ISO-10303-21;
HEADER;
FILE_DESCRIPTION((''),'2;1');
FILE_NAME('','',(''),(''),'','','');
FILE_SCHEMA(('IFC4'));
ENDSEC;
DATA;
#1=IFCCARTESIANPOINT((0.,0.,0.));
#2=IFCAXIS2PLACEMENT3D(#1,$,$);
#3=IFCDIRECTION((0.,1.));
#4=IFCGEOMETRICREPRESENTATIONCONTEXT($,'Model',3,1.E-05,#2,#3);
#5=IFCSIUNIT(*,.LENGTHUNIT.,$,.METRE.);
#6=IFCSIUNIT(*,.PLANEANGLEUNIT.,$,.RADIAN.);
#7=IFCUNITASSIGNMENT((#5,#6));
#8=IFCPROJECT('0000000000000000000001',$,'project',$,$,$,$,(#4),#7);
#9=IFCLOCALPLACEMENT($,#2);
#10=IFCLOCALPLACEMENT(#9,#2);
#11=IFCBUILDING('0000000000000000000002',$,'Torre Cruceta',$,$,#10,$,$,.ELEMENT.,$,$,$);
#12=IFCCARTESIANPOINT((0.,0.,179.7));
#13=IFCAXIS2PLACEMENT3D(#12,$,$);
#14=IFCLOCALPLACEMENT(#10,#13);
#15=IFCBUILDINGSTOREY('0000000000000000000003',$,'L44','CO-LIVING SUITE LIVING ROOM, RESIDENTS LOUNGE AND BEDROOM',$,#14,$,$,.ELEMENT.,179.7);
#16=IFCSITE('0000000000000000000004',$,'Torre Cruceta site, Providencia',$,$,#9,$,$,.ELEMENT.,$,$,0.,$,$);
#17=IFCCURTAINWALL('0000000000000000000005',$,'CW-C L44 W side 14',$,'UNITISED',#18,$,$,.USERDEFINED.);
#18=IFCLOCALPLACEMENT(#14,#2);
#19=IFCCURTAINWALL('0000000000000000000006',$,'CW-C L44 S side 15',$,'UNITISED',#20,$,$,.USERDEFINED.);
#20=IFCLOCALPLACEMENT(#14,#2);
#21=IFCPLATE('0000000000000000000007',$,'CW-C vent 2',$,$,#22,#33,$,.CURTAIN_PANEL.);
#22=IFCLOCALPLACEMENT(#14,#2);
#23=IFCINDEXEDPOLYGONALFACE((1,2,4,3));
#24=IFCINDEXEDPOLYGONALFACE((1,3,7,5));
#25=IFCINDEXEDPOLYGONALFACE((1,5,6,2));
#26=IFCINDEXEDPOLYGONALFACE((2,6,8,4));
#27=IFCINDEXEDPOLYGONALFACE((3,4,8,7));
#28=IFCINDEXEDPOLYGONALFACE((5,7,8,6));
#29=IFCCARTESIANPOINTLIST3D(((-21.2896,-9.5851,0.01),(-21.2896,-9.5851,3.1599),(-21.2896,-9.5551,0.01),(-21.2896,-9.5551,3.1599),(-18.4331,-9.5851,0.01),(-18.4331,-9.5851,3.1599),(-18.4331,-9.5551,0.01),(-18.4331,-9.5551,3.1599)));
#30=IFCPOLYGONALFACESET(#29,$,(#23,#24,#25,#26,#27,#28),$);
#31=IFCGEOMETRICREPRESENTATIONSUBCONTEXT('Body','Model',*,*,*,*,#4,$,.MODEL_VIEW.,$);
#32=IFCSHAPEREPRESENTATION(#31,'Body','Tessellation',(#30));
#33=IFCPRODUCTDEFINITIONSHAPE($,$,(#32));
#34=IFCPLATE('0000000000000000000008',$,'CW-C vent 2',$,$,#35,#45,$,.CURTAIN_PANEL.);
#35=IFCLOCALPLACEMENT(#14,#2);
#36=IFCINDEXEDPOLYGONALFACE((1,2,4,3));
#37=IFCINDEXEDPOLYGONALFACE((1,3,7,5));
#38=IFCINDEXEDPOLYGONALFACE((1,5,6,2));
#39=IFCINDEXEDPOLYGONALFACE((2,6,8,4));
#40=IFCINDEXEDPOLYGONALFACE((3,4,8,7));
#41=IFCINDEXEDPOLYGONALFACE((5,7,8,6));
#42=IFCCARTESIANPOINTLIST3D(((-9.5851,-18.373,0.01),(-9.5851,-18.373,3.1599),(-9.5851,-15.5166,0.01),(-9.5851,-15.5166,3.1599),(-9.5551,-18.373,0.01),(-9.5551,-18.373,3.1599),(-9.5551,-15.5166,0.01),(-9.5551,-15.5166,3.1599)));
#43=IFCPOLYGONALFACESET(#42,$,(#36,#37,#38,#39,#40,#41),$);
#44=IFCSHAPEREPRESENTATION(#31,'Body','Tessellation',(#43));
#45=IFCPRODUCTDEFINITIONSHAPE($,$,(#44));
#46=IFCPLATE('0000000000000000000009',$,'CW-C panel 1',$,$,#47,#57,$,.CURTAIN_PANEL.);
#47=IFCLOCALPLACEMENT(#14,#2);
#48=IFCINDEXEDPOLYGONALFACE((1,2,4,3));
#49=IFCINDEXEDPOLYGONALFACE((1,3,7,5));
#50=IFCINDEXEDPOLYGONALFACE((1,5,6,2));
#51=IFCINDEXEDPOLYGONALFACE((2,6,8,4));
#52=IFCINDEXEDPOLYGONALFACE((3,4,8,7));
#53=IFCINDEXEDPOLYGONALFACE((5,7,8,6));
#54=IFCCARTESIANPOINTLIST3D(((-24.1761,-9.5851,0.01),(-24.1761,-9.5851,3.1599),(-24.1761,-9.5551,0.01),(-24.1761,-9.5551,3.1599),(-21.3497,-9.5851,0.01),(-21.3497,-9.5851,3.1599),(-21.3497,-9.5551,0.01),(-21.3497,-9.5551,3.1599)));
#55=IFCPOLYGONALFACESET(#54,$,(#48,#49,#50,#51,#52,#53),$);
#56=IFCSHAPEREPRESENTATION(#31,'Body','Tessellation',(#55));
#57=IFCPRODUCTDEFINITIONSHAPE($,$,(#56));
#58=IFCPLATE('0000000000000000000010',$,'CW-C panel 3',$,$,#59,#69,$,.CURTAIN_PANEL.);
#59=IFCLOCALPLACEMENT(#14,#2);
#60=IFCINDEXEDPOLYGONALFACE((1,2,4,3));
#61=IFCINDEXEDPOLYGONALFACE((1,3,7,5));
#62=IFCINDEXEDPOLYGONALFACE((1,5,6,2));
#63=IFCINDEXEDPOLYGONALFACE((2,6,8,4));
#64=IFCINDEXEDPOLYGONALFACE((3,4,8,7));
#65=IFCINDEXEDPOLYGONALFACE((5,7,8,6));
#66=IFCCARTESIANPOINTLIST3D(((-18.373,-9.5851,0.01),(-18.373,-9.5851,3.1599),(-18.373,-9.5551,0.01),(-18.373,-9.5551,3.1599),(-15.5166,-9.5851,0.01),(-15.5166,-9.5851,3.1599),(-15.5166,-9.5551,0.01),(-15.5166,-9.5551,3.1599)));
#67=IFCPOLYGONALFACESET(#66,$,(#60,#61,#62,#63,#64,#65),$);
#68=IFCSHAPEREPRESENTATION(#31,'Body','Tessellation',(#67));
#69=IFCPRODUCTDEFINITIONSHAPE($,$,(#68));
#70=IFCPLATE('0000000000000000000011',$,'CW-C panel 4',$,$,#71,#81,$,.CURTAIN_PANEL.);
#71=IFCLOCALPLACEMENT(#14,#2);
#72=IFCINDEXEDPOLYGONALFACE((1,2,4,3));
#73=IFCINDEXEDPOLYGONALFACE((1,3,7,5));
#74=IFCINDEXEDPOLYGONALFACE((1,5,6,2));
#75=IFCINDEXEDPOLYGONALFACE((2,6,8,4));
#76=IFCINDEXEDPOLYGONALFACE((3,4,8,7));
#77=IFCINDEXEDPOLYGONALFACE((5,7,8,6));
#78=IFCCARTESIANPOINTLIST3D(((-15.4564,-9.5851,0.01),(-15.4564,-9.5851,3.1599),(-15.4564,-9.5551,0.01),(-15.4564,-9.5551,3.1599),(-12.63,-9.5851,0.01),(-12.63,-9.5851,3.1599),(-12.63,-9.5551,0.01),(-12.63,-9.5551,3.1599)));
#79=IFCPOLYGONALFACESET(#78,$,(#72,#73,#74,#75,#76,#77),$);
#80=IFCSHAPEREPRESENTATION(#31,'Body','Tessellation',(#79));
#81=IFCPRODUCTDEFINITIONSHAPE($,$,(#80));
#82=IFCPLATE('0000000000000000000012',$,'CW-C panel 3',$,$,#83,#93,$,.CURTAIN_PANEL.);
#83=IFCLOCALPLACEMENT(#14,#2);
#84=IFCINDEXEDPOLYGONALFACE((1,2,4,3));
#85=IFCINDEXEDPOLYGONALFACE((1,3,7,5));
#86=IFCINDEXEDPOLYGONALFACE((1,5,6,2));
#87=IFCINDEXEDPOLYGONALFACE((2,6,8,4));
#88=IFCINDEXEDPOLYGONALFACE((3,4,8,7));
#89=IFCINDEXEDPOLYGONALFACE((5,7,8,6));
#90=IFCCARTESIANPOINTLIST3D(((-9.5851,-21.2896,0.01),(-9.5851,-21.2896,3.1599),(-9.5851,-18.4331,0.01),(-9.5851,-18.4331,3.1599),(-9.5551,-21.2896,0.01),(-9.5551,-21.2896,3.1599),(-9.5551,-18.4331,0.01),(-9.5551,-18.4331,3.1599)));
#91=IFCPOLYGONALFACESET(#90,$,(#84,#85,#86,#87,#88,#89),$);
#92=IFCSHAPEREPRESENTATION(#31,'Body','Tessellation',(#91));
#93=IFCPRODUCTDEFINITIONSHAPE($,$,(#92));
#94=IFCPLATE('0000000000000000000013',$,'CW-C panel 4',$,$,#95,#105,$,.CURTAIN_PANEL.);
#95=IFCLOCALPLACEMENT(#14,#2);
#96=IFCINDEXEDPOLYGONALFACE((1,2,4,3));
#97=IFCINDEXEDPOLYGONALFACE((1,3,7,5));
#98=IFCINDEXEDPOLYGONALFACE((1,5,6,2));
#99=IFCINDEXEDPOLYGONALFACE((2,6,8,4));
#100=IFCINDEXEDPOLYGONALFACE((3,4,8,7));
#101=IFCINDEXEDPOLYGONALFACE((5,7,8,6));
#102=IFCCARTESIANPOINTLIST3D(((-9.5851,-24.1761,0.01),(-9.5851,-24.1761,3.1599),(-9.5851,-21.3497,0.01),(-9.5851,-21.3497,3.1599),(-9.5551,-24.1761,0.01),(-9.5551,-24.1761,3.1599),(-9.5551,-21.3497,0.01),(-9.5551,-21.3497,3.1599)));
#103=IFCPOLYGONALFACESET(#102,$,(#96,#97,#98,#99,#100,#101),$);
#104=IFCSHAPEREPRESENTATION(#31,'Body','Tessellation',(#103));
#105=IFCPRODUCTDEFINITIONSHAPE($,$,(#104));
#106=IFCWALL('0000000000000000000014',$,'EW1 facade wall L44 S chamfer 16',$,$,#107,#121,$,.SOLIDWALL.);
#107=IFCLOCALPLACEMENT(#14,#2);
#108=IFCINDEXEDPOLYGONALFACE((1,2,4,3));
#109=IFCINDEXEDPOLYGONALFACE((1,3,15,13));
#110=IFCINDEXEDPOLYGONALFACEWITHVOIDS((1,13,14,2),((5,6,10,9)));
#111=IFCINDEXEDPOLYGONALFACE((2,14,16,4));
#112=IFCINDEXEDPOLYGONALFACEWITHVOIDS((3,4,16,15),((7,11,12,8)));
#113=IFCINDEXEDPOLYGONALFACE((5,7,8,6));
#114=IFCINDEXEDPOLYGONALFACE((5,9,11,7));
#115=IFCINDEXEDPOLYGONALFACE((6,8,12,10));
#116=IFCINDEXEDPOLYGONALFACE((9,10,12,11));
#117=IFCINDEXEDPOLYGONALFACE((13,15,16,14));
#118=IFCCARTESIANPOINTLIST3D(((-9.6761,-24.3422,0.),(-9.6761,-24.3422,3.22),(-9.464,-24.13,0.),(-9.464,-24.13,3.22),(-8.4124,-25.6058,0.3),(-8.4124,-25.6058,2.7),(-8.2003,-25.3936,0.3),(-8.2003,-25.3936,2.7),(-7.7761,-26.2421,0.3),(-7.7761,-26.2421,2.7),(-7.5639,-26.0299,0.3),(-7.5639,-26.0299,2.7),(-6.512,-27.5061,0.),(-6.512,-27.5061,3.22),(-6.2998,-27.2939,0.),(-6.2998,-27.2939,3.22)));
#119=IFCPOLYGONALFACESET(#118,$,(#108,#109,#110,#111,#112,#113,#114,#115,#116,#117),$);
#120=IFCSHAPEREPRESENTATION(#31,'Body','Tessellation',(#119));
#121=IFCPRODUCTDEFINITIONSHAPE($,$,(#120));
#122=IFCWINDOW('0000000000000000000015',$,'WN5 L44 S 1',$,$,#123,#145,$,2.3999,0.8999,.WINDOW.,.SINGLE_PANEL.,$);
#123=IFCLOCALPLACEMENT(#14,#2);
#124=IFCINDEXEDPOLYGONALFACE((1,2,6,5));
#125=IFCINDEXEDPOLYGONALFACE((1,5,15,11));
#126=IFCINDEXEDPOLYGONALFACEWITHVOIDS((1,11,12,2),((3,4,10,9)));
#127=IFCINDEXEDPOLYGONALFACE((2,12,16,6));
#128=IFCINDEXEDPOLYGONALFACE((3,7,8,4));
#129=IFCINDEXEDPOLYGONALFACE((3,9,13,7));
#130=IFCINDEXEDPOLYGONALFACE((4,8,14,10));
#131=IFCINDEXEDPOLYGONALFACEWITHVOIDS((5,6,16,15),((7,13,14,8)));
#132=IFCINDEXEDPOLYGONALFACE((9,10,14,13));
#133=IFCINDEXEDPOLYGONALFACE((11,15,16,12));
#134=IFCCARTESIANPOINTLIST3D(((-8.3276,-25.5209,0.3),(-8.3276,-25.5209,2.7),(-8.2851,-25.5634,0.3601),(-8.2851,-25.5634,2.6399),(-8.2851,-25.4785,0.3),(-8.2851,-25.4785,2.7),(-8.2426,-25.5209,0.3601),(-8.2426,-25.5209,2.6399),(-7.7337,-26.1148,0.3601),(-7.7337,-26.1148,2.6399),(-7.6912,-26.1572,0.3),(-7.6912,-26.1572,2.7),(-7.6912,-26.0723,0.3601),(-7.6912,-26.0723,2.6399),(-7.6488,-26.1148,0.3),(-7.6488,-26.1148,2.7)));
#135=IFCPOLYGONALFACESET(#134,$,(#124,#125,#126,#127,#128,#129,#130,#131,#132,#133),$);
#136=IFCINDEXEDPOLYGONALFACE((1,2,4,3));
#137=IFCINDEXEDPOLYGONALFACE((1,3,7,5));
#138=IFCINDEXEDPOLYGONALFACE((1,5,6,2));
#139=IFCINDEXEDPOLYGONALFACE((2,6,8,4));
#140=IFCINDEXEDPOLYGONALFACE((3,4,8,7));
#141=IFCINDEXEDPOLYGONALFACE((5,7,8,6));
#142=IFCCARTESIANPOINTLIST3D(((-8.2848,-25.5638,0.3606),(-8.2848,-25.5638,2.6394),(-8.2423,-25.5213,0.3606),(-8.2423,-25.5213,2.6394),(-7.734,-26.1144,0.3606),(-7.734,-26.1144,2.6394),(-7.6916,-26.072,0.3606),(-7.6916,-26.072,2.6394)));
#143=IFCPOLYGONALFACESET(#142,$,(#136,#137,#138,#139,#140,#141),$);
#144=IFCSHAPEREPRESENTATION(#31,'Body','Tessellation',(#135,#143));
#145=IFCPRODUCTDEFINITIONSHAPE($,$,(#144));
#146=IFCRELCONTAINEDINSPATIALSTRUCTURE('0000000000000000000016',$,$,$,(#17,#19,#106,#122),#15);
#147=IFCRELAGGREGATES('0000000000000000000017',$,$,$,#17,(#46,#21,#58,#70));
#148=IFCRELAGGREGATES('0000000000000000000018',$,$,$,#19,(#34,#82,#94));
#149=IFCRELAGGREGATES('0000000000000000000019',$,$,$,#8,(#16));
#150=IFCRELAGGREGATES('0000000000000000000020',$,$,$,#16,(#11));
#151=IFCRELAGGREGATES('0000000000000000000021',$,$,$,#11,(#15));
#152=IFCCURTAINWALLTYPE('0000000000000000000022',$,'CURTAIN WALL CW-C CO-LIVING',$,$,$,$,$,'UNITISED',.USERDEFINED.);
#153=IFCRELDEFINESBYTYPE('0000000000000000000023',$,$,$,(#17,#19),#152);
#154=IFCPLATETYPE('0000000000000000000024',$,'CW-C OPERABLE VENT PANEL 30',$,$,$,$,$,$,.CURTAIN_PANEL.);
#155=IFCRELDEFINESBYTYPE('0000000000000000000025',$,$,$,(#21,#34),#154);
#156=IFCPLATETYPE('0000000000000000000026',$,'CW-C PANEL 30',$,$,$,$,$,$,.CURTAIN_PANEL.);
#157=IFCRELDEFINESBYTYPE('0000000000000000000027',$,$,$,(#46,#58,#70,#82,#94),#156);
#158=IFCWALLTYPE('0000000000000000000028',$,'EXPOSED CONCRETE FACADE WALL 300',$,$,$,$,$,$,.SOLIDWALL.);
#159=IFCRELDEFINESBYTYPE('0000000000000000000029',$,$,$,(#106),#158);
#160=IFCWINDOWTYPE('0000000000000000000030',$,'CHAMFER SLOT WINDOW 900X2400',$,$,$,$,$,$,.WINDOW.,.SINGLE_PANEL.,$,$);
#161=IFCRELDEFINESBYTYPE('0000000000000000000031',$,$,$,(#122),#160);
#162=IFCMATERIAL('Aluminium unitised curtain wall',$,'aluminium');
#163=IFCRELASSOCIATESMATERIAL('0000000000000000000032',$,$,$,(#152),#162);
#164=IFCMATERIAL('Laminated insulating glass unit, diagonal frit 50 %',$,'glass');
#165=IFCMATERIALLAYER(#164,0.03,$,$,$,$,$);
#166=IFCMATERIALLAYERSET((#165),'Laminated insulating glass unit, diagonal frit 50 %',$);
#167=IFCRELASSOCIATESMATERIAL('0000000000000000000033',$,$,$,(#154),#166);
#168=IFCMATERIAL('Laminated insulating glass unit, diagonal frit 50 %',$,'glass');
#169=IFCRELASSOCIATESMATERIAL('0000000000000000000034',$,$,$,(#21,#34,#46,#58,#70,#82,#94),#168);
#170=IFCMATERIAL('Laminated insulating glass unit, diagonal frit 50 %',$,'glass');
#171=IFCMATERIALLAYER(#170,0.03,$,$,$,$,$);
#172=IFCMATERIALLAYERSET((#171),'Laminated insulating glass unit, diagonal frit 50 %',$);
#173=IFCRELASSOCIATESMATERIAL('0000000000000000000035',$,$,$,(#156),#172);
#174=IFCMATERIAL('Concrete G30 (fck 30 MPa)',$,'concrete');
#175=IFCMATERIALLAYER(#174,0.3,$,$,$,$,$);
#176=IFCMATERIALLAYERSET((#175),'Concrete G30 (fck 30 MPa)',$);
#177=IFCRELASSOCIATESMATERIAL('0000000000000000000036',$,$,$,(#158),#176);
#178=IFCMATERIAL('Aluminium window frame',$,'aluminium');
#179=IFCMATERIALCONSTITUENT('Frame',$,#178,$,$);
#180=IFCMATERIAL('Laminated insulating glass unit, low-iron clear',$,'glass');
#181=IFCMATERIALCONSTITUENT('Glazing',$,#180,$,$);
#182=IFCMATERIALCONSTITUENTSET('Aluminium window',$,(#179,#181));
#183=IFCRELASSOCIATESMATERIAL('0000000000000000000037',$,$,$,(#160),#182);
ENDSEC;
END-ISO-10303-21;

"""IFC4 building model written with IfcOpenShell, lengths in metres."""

from ifc_helpers import new_model, si_unit, direction, frame, frame_2d, origin, origin_2d, place, context, subcontext, project, spatial, rectangle, hollow_rectangle, extrude, material, layer, layer_set, constituent, constituent_set, type_object, element, fill, aggregate, save


model = new_model("IFC4")

# Units and contexts
model_context = context("Model", 3, precision=1e-05, world=origin(), true_north=direction((0.0, 1.0)))
body_context = subcontext(model_context, "Body", "Model", "MODEL_VIEW")
ifc_project = project(units=[si_unit("LENGTHUNIT", "METRE"), si_unit("PLANEANGLEUNIT", "RADIAN")], contexts=[model_context])

# Site, building, storey
site_placement = place(None, origin())
site = spatial("IfcSite", under=ifc_project, at=site_placement, Name="Torre Cruceta site, Providencia", CompositionType="ELEMENT", RefElevation=0.0)
building_placement = place(site_placement, origin())
building = spatial("IfcBuilding", under=site, at=building_placement, Name="Torre Cruceta", CompositionType="ELEMENT")
storey_placement = place(building_placement, frame((0.0, 0.0, 179.7)))
storey = spatial("IfcBuildingStorey", under=building, at=storey_placement, Name="L44", Description="CO-LIVING SUITE LIVING ROOM, RESIDENTS LOUNGE AND BEDROOM", CompositionType="ELEMENT", Elevation=179.7)

# Curtain walls
ifc_material_1 = material(Name="Aluminium unitised curtain wall", Category="aluminium")
curtain_wall_type = type_object("IfcCurtainWallType", Name="CURTAIN WALL CW-C CO-LIVING", ElementType="UNITISED", PredefinedType="USERDEFINED", material=ifc_material_1)
curtain_wall_1_placement = place(storey_placement, origin())
curtain_wall_1 = element("IfcCurtainWall", 1, at=curtain_wall_1_placement, inside=storey, type_object=curtain_wall_type, Name="CW-C L44 W side 14", ObjectType="UNITISED", PredefinedType="USERDEFINED")
curtain_wall_2_placement = place(storey_placement, origin())
curtain_wall_2 = element("IfcCurtainWall", 2, at=curtain_wall_2_placement, inside=storey, type_object=curtain_wall_type, Name="CW-C L44 S side 15", ObjectType="UNITISED", PredefinedType="USERDEFINED")

# Plates
ifc_material_2 = material(Name="Laminated insulating glass unit, diagonal frit 50 %", Category="glass")
ifc_material_3 = material(Name="Laminated insulating glass unit, diagonal frit 50 %", Category="glass")
ifc_layer_1 = layer(ifc_material_3, 0.03)
ifc_layer_set_1 = layer_set([ifc_layer_1], Name="Laminated insulating glass unit, diagonal frit 50 %")
plate_type_1 = type_object("IfcPlateType", Name="CW-C OPERABLE VENT PANEL 30", PredefinedType="CURTAIN_PANEL", material=ifc_layer_set_1)
plate_1_placement = place(storey_placement, frame((-19.8613, -9.5701, 0.01), z_axis=(0.0, 0.0, 1.0), x_axis=(1.0, 0.0, 0.0)))
plate_1 = element("IfcPlate", 3, at=plate_1_placement, type_object=plate_type_1, material=ifc_material_2, Name="CW-C vent 2", PredefinedType="CURTAIN_PANEL", context=body_context, shape_type="SweptSolid", body=[
    extrude(rectangle(XDim=2.8564, YDim=0.03, at=origin_2d()), origin(), (0.0, 0.0, 1.0), 3.1499),
])
plate_2_placement = place(storey_placement, frame((-9.5701, -16.9448, 0.01), z_axis=(0.0, 0.0, 1.0), x_axis=(0.0, -1.0, 0.0)))
plate_2 = element("IfcPlate", 4, at=plate_2_placement, type_object=plate_type_1, material=ifc_material_2, Name="CW-C vent 2", PredefinedType="CURTAIN_PANEL", context=body_context, shape_type="SweptSolid", body=[
    extrude(rectangle(XDim=2.8564, YDim=0.03, at=origin_2d()), origin(), (0.0, 0.0, 1.0), 3.1499),
])
ifc_material_4 = material(Name="Laminated insulating glass unit, diagonal frit 50 %", Category="glass")
ifc_layer_2 = layer(ifc_material_4, 0.03)
ifc_layer_set_2 = layer_set([ifc_layer_2], Name="Laminated insulating glass unit, diagonal frit 50 %")
plate_type_2 = type_object("IfcPlateType", Name="CW-C PANEL 30", PredefinedType="CURTAIN_PANEL", material=ifc_layer_set_2)
plate_3_placement = place(storey_placement, frame((-22.7629, -9.5701, 0.01), z_axis=(0.0, 0.0, 1.0), x_axis=(1.0, 0.0, 0.0)))
plate_3 = element("IfcPlate", 5, at=plate_3_placement, type_object=plate_type_2, material=ifc_material_2, Name="CW-C panel 1", PredefinedType="CURTAIN_PANEL", context=body_context, shape_type="SweptSolid", body=[
    extrude(rectangle(XDim=2.8264, YDim=0.03, at=origin_2d()), origin(), (0.0, 0.0, 1.0), 3.1499),
])
plate_4_placement = place(storey_placement, frame((-16.9448, -9.5701, 0.01), z_axis=(0.0, 0.0, 1.0), x_axis=(1.0, 0.0, 0.0)))
plate_4 = element("IfcPlate", 6, at=plate_4_placement, type_object=plate_type_2, material=ifc_material_2, Name="CW-C panel 3", PredefinedType="CURTAIN_PANEL", context=body_context, shape_type="SweptSolid", body=[
    extrude(rectangle(XDim=2.8564, YDim=0.03, at=origin_2d()), origin(), (0.0, 0.0, 1.0), 3.1499),
])
plate_5_placement = place(storey_placement, frame((-14.0432, -9.5701, 0.01), z_axis=(0.0, 0.0, 1.0), x_axis=(1.0, 0.0, 0.0)))
plate_5 = element("IfcPlate", 7, at=plate_5_placement, type_object=plate_type_2, material=ifc_material_2, Name="CW-C panel 4", PredefinedType="CURTAIN_PANEL", context=body_context, shape_type="SweptSolid", body=[
    extrude(rectangle(XDim=2.8264, YDim=0.03, at=origin_2d()), origin(), (0.0, 0.0, 1.0), 3.1499),
])
aggregate(curtain_wall_1, [plate_3, plate_1, plate_4, plate_5])
plate_6_placement = place(storey_placement, frame((-9.5701, -19.8613, 0.01), z_axis=(0.0, 0.0, 1.0), x_axis=(0.0, -1.0, 0.0)))
plate_6 = element("IfcPlate", 8, at=plate_6_placement, type_object=plate_type_2, material=ifc_material_2, Name="CW-C panel 3", PredefinedType="CURTAIN_PANEL", context=body_context, shape_type="SweptSolid", body=[
    extrude(rectangle(XDim=2.8564, YDim=0.03, at=origin_2d()), origin(), (0.0, 0.0, 1.0), 3.1499),
])
plate_7_placement = place(storey_placement, frame((-9.5701, -22.7629, 0.01), z_axis=(0.0, 0.0, 1.0), x_axis=(0.0, -1.0, 0.0)))
plate_7 = element("IfcPlate", 9, at=plate_7_placement, type_object=plate_type_2, material=ifc_material_2, Name="CW-C panel 4", PredefinedType="CURTAIN_PANEL", context=body_context, shape_type="SweptSolid", body=[
    extrude(rectangle(XDim=2.8264, YDim=0.03, at=origin_2d()), origin(), (0.0, 0.0, 1.0), 3.1499),
])
aggregate(curtain_wall_2, [plate_2, plate_6, plate_7])

# Wall, opening, window
ifc_material_5 = material(Name="Concrete G30 (fck 30 MPa)", Category="concrete")
ifc_layer_3 = layer(ifc_material_5, 0.3)
ifc_layer_set_3 = layer_set([ifc_layer_3], Name="Concrete G30 (fck 30 MPa)")
wall_type = type_object("IfcWallType", Name="EXPOSED CONCRETE FACADE WALL 300", PredefinedType="SOLIDWALL", material=ifc_layer_set_3)
wall_placement = place(storey_placement, frame((-9.5701, -24.2361, 0.0), z_axis=(0.0, 0.0, 1.0), x_axis=(0.707134, -0.707079, 0.0)))
wall = element("IfcWall", 10, at=wall_placement, inside=storey, type_object=wall_type, Name="EW1 facade wall L44 S chamfer 16", PredefinedType="SOLIDWALL", context=body_context, shape_type="SweptSolid", body=[
    extrude(rectangle(XDim=4.4746, YDim=0.3, at=frame_2d((2.2373, 0.0))), origin(), (0.0, 0.0, 1.0), 3.22),
])
opening_placement = place(wall_placement, frame((1.7871, 0.0, 0.3)))
opening = element("IfcOpeningElement", 11, at=opening_placement, cuts=wall, PredefinedType="OPENING", context=body_context, shape_type="SweptSolid", body=[
    extrude(rectangle(XDim=0.8999, YDim=2.3999, at=frame_2d((0.45, 1.2))), frame((0.0, 0.1599, 0.0), z_axis=(0.0, -1.0, 0.0), x_axis=(1.0, 0.0, 0.0)), (0.0, 0.0, 1.0), 0.3201),
])
ifc_material_6 = material(Name="Aluminium window frame", Category="aluminium")
ifc_constituent_1 = constituent(ifc_material_6, Name="Frame")
ifc_material_7 = material(Name="Laminated insulating glass unit, low-iron clear", Category="glass")
ifc_constituent_2 = constituent(ifc_material_7, Name="Glazing")
ifc_constituent_set = constituent_set(constituents=[ifc_constituent_1, ifc_constituent_2], Name="Aluminium window")
window_type = type_object("IfcWindowType", Name="CHAMFER SLOT WINDOW 900X2400", PartitioningType="SINGLE_PANEL", PredefinedType="WINDOW", material=ifc_constituent_set)
window_placement = place(opening_placement, origin())
window = element("IfcWindow", 12, at=window_placement, inside=storey, type_object=window_type, Name="WN5 L44 S 1", OverallHeight=2.3999, OverallWidth=0.8999, PartitioningType="SINGLE_PANEL", PredefinedType="WINDOW", context=body_context, shape_type="SweptSolid", body=[
    extrude(hollow_rectangle(XDim=0.8999, YDim=2.3999, WallThickness=0.0601, at=frame_2d((0.45, 1.2))), frame((0.0, 0.03, 0.0), z_axis=(0.0, -1.0, 0.0), x_axis=(1.0, 0.0, 0.0)), (0.0, 0.0, 1.0), 0.0601),
    extrude(rectangle(XDim=0.7788, YDim=2.2788, at=frame_2d((0.45, 1.2))), frame((0.0, 0.03, 0.0), z_axis=(0.0, -1.0, 0.0), x_axis=(1.0, 0.0, 0.0)), (0.0, 0.0, 1.0), 0.0601),
])
fill(opening, window)

save(model, "model.ifc")
